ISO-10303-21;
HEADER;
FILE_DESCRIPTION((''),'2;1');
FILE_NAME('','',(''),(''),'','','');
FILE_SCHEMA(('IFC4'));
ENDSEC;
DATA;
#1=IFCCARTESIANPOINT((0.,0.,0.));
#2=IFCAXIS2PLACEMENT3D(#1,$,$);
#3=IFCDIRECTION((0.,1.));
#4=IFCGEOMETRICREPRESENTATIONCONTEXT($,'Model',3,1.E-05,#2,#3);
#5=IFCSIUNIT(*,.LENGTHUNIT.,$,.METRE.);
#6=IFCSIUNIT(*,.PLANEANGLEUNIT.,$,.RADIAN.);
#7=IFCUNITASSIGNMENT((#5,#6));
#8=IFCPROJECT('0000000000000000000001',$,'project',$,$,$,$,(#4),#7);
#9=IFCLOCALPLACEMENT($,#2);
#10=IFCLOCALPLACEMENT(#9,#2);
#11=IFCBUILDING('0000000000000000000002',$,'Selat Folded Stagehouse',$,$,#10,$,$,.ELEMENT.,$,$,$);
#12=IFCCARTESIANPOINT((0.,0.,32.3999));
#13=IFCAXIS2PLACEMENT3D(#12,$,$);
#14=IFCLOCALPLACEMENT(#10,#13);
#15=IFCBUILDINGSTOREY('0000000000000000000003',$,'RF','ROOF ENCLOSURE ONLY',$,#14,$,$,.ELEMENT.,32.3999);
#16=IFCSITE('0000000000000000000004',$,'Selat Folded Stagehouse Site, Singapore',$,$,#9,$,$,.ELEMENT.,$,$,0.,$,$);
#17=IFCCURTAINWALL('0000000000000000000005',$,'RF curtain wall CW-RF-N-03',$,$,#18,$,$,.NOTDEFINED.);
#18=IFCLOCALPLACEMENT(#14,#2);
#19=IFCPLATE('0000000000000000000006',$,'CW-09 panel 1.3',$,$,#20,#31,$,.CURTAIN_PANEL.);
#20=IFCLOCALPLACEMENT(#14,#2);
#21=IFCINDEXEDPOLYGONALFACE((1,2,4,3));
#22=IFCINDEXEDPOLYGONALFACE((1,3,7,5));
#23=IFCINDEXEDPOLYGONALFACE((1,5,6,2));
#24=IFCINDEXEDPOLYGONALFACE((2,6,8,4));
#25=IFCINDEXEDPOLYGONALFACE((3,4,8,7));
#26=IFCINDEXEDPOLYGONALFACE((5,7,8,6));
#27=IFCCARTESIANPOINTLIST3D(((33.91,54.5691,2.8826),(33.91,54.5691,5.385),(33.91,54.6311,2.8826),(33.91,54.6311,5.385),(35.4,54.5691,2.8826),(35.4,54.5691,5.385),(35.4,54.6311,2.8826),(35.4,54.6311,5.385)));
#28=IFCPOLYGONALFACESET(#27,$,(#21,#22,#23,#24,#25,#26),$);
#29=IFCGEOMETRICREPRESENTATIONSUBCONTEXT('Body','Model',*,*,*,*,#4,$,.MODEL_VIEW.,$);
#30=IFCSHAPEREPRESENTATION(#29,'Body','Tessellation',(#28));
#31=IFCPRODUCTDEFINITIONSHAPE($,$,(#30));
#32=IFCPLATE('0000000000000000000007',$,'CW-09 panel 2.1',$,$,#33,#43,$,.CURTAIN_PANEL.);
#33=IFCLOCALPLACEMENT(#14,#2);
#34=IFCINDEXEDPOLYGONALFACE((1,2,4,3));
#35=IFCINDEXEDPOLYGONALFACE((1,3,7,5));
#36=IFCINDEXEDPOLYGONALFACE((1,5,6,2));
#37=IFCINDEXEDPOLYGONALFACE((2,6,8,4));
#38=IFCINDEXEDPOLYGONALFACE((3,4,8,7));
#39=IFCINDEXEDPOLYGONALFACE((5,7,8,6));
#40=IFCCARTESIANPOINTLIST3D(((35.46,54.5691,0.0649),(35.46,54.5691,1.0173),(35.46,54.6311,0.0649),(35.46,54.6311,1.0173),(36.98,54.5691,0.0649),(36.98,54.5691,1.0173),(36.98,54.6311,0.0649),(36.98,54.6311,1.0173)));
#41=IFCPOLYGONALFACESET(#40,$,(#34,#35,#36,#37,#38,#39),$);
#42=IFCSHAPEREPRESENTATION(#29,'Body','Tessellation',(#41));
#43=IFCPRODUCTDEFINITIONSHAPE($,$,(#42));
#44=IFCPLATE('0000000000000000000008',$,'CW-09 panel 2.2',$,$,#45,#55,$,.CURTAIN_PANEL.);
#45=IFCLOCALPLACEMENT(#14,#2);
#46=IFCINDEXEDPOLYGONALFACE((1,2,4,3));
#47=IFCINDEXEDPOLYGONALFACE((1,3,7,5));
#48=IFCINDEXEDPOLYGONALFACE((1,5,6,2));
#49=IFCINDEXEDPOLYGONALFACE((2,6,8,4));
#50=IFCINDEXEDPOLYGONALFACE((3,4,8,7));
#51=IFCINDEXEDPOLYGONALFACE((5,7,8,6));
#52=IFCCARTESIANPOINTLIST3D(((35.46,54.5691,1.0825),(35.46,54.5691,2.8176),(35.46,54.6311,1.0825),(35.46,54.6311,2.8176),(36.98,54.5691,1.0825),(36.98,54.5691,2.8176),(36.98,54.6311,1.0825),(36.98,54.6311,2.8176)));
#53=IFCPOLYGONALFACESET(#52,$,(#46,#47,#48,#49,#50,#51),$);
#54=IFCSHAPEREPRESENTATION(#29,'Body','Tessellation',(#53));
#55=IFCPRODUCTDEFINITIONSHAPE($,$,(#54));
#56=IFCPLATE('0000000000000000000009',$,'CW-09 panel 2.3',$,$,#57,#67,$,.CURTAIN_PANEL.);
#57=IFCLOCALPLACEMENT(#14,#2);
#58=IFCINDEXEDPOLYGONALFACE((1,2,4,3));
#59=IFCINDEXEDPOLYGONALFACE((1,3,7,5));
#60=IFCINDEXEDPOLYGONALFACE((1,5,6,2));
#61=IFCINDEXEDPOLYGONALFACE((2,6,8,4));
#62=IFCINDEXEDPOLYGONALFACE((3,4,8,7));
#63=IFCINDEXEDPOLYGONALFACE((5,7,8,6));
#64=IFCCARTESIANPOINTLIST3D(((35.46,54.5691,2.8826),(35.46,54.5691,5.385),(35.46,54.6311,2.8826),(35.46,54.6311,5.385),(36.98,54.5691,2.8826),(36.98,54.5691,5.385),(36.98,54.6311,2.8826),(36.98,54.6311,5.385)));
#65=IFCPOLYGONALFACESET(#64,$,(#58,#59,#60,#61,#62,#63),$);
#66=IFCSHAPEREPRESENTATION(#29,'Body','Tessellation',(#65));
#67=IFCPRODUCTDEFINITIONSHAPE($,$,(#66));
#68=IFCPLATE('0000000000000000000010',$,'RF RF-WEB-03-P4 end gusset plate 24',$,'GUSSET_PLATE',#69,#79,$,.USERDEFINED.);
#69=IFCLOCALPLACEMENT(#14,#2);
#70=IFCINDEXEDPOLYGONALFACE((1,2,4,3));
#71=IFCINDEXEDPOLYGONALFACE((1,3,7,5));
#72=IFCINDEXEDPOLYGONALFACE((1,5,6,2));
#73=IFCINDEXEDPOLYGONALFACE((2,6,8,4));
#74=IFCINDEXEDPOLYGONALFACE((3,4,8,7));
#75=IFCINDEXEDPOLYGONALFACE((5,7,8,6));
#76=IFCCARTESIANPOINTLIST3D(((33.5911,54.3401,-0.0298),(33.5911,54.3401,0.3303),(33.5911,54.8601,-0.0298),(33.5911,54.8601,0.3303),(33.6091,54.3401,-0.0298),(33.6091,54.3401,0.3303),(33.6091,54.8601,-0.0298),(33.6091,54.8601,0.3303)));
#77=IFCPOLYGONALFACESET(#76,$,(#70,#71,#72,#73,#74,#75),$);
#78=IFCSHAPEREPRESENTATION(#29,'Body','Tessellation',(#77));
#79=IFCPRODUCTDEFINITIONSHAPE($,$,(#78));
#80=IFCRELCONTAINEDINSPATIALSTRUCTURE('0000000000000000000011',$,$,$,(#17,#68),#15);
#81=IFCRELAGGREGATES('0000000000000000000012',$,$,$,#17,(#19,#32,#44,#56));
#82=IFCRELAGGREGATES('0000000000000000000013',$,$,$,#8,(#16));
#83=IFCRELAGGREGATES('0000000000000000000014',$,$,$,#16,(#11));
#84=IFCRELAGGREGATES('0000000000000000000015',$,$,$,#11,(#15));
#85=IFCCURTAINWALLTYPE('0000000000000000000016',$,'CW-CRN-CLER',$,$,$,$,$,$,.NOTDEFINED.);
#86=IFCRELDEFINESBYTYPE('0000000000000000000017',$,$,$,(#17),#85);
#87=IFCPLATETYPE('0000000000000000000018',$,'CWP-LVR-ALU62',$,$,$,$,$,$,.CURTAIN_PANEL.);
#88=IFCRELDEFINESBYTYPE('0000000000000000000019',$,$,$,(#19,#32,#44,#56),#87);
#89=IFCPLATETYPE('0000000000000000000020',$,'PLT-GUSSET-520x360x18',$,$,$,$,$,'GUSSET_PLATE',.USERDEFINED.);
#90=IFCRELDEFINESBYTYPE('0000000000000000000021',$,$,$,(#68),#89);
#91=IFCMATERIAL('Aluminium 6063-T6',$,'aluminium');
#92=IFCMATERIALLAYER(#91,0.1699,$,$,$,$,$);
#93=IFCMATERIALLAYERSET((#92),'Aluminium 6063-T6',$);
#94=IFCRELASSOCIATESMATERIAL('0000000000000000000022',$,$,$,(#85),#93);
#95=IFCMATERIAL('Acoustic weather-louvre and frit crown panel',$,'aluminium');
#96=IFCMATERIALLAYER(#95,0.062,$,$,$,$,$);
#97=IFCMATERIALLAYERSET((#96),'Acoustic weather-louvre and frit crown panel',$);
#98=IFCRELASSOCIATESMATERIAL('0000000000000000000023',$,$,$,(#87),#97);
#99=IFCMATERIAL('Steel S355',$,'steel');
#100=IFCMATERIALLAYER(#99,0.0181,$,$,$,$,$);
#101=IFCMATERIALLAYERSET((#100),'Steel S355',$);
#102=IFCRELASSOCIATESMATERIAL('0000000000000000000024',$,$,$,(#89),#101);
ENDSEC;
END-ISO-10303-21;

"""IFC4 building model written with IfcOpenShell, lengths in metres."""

from ifc_helpers import new_model, si_unit, direction, frame, origin, origin_2d, place, context, subcontext, project, spatial, rectangle, extrude, material, layer, layer_set, type_object, element, aggregate, save


model = new_model("IFC4")

# Units and contexts
model_context = context("Model", 3, precision=1e-05, world=origin(), true_north=direction((0.0, 1.0)))
body_context = subcontext(model_context, "Body", "Model", "MODEL_VIEW")
ifc_project = project(units=[si_unit("LENGTHUNIT", "METRE"), si_unit("PLANEANGLEUNIT", "RADIAN")], contexts=[model_context])

# Site, building, storey
site_placement = place(None, origin())
site = spatial("IfcSite", under=ifc_project, at=site_placement, Name="Selat Folded Stagehouse Site, Singapore", CompositionType="ELEMENT", RefElevation=0.0)
building_placement = place(site_placement, origin())
building = spatial("IfcBuilding", under=site, at=building_placement, Name="Selat Folded Stagehouse", CompositionType="ELEMENT")
storey_placement = place(building_placement, frame((0.0, 0.0, 32.3999)))
storey = spatial("IfcBuildingStorey", under=building, at=storey_placement, Name="RF", Description="ROOF ENCLOSURE ONLY", CompositionType="ELEMENT", Elevation=32.3999)

# Shared definitions
ifc_material_1 = material(Name="Steel S355", Category="steel")

# Curtain wall
ifc_material_2 = material(Name="Aluminium 6063-T6", Category="aluminium")
ifc_layer_1 = layer(ifc_material_2, 0.1699)
ifc_layer_set_1 = layer_set([ifc_layer_1], Name="Aluminium 6063-T6")
curtain_wall_type = type_object("IfcCurtainWallType", Name="CW-CRN-CLER", PredefinedType="NOTDEFINED", material=ifc_layer_set_1)
curtain_wall_1_placement = place(storey_placement, origin())
curtain_wall_1 = element("IfcCurtainWall", 1, at=curtain_wall_1_placement, inside=storey, type_object=curtain_wall_type, Name="RF curtain wall CW-RF-N-03", PredefinedType="NOTDEFINED")

# Plates
ifc_material_3 = material(Name="Acoustic weather-louvre and frit crown panel", Category="aluminium")
ifc_layer_2 = layer(ifc_material_3, 0.062)
ifc_layer_set_2 = layer_set([ifc_layer_2], Name="Acoustic weather-louvre and frit crown panel")
plate_type_1 = type_object("IfcPlateType", Name="CWP-LVR-ALU62", PredefinedType="CURTAIN_PANEL", material=ifc_layer_set_2)
plate_1_placement = place(storey_placement, frame((34.655, 54.6001, 2.8826), z_axis=(0.0, 0.0, 1.0), x_axis=(1.0, 0.0, 0.0)))
plate_1 = element("IfcPlate", 2, at=plate_1_placement, type_object=plate_type_1, Name="CW-09 panel 1.3", PredefinedType="CURTAIN_PANEL", context=body_context, shape_type="SweptSolid", body=[
    extrude(rectangle(XDim=1.49, YDim=0.062, at=origin_2d()), origin(), (0.0, 0.0, 1.0), 2.5024),
])
plate_2_placement = place(storey_placement, frame((36.22, 54.6001, 0.0649), z_axis=(0.0, 0.0, 1.0), x_axis=(1.0, 0.0, 0.0)))
plate_2 = element("IfcPlate", 3, at=plate_2_placement, type_object=plate_type_1, Name="CW-09 panel 2.1", PredefinedType="CURTAIN_PANEL", context=body_context, shape_type="SweptSolid", body=[
    extrude(rectangle(XDim=1.52, YDim=0.062, at=origin_2d()), origin(), (0.0, 0.0, 1.0), 0.9524),
])
plate_3_placement = place(storey_placement, frame((36.22, 54.6001, 1.0825), z_axis=(0.0, 0.0, 1.0), x_axis=(1.0, 0.0, 0.0)))
plate_3 = element("IfcPlate", 4, at=plate_3_placement, type_object=plate_type_1, Name="CW-09 panel 2.2", PredefinedType="CURTAIN_PANEL", context=body_context, shape_type="SweptSolid", body=[
    extrude(rectangle(XDim=1.52, YDim=0.062, at=origin_2d()), origin(), (0.0, 0.0, 1.0), 1.7351),
])
plate_4_placement = place(storey_placement, frame((36.22, 54.6001, 2.8826), z_axis=(0.0, 0.0, 1.0), x_axis=(1.0, 0.0, 0.0)))
plate_4 = element("IfcPlate", 5, at=plate_4_placement, type_object=plate_type_1, Name="CW-09 panel 2.3", PredefinedType="CURTAIN_PANEL", context=body_context, shape_type="SweptSolid", body=[
    extrude(rectangle(XDim=1.52, YDim=0.062, at=origin_2d()), origin(), (0.0, 0.0, 1.0), 2.5024),
])
aggregate(curtain_wall_1, [plate_1, plate_2, plate_3, plate_4])
ifc_layer_3 = layer(ifc_material_1, 0.0181)
ifc_layer_set_3 = layer_set([ifc_layer_3], Name="Steel S355")
plate_type_2 = type_object("IfcPlateType", Name="PLT-GUSSET-520x360x18", ElementType="GUSSET_PLATE", PredefinedType="USERDEFINED", material=ifc_layer_set_3)
plate_5_placement = place(storey_placement, frame((33.6001, 54.6001, -0.0298), z_axis=(0.0, 0.0, 1.0), x_axis=(0.0, 1.0, 0.0)))
element("IfcPlate", 6, at=plate_5_placement, inside=storey, type_object=plate_type_2, Name="RF RF-WEB-03-P4 end gusset plate 24", ObjectType="GUSSET_PLATE", PredefinedType="USERDEFINED", context=body_context, shape_type="SweptSolid", body=[
    extrude(rectangle(XDim=0.52, YDim=0.0181, at=origin_2d()), origin(), (0.0, 0.0, 1.0), 0.3601),
])

save(model, "model.ifc")
